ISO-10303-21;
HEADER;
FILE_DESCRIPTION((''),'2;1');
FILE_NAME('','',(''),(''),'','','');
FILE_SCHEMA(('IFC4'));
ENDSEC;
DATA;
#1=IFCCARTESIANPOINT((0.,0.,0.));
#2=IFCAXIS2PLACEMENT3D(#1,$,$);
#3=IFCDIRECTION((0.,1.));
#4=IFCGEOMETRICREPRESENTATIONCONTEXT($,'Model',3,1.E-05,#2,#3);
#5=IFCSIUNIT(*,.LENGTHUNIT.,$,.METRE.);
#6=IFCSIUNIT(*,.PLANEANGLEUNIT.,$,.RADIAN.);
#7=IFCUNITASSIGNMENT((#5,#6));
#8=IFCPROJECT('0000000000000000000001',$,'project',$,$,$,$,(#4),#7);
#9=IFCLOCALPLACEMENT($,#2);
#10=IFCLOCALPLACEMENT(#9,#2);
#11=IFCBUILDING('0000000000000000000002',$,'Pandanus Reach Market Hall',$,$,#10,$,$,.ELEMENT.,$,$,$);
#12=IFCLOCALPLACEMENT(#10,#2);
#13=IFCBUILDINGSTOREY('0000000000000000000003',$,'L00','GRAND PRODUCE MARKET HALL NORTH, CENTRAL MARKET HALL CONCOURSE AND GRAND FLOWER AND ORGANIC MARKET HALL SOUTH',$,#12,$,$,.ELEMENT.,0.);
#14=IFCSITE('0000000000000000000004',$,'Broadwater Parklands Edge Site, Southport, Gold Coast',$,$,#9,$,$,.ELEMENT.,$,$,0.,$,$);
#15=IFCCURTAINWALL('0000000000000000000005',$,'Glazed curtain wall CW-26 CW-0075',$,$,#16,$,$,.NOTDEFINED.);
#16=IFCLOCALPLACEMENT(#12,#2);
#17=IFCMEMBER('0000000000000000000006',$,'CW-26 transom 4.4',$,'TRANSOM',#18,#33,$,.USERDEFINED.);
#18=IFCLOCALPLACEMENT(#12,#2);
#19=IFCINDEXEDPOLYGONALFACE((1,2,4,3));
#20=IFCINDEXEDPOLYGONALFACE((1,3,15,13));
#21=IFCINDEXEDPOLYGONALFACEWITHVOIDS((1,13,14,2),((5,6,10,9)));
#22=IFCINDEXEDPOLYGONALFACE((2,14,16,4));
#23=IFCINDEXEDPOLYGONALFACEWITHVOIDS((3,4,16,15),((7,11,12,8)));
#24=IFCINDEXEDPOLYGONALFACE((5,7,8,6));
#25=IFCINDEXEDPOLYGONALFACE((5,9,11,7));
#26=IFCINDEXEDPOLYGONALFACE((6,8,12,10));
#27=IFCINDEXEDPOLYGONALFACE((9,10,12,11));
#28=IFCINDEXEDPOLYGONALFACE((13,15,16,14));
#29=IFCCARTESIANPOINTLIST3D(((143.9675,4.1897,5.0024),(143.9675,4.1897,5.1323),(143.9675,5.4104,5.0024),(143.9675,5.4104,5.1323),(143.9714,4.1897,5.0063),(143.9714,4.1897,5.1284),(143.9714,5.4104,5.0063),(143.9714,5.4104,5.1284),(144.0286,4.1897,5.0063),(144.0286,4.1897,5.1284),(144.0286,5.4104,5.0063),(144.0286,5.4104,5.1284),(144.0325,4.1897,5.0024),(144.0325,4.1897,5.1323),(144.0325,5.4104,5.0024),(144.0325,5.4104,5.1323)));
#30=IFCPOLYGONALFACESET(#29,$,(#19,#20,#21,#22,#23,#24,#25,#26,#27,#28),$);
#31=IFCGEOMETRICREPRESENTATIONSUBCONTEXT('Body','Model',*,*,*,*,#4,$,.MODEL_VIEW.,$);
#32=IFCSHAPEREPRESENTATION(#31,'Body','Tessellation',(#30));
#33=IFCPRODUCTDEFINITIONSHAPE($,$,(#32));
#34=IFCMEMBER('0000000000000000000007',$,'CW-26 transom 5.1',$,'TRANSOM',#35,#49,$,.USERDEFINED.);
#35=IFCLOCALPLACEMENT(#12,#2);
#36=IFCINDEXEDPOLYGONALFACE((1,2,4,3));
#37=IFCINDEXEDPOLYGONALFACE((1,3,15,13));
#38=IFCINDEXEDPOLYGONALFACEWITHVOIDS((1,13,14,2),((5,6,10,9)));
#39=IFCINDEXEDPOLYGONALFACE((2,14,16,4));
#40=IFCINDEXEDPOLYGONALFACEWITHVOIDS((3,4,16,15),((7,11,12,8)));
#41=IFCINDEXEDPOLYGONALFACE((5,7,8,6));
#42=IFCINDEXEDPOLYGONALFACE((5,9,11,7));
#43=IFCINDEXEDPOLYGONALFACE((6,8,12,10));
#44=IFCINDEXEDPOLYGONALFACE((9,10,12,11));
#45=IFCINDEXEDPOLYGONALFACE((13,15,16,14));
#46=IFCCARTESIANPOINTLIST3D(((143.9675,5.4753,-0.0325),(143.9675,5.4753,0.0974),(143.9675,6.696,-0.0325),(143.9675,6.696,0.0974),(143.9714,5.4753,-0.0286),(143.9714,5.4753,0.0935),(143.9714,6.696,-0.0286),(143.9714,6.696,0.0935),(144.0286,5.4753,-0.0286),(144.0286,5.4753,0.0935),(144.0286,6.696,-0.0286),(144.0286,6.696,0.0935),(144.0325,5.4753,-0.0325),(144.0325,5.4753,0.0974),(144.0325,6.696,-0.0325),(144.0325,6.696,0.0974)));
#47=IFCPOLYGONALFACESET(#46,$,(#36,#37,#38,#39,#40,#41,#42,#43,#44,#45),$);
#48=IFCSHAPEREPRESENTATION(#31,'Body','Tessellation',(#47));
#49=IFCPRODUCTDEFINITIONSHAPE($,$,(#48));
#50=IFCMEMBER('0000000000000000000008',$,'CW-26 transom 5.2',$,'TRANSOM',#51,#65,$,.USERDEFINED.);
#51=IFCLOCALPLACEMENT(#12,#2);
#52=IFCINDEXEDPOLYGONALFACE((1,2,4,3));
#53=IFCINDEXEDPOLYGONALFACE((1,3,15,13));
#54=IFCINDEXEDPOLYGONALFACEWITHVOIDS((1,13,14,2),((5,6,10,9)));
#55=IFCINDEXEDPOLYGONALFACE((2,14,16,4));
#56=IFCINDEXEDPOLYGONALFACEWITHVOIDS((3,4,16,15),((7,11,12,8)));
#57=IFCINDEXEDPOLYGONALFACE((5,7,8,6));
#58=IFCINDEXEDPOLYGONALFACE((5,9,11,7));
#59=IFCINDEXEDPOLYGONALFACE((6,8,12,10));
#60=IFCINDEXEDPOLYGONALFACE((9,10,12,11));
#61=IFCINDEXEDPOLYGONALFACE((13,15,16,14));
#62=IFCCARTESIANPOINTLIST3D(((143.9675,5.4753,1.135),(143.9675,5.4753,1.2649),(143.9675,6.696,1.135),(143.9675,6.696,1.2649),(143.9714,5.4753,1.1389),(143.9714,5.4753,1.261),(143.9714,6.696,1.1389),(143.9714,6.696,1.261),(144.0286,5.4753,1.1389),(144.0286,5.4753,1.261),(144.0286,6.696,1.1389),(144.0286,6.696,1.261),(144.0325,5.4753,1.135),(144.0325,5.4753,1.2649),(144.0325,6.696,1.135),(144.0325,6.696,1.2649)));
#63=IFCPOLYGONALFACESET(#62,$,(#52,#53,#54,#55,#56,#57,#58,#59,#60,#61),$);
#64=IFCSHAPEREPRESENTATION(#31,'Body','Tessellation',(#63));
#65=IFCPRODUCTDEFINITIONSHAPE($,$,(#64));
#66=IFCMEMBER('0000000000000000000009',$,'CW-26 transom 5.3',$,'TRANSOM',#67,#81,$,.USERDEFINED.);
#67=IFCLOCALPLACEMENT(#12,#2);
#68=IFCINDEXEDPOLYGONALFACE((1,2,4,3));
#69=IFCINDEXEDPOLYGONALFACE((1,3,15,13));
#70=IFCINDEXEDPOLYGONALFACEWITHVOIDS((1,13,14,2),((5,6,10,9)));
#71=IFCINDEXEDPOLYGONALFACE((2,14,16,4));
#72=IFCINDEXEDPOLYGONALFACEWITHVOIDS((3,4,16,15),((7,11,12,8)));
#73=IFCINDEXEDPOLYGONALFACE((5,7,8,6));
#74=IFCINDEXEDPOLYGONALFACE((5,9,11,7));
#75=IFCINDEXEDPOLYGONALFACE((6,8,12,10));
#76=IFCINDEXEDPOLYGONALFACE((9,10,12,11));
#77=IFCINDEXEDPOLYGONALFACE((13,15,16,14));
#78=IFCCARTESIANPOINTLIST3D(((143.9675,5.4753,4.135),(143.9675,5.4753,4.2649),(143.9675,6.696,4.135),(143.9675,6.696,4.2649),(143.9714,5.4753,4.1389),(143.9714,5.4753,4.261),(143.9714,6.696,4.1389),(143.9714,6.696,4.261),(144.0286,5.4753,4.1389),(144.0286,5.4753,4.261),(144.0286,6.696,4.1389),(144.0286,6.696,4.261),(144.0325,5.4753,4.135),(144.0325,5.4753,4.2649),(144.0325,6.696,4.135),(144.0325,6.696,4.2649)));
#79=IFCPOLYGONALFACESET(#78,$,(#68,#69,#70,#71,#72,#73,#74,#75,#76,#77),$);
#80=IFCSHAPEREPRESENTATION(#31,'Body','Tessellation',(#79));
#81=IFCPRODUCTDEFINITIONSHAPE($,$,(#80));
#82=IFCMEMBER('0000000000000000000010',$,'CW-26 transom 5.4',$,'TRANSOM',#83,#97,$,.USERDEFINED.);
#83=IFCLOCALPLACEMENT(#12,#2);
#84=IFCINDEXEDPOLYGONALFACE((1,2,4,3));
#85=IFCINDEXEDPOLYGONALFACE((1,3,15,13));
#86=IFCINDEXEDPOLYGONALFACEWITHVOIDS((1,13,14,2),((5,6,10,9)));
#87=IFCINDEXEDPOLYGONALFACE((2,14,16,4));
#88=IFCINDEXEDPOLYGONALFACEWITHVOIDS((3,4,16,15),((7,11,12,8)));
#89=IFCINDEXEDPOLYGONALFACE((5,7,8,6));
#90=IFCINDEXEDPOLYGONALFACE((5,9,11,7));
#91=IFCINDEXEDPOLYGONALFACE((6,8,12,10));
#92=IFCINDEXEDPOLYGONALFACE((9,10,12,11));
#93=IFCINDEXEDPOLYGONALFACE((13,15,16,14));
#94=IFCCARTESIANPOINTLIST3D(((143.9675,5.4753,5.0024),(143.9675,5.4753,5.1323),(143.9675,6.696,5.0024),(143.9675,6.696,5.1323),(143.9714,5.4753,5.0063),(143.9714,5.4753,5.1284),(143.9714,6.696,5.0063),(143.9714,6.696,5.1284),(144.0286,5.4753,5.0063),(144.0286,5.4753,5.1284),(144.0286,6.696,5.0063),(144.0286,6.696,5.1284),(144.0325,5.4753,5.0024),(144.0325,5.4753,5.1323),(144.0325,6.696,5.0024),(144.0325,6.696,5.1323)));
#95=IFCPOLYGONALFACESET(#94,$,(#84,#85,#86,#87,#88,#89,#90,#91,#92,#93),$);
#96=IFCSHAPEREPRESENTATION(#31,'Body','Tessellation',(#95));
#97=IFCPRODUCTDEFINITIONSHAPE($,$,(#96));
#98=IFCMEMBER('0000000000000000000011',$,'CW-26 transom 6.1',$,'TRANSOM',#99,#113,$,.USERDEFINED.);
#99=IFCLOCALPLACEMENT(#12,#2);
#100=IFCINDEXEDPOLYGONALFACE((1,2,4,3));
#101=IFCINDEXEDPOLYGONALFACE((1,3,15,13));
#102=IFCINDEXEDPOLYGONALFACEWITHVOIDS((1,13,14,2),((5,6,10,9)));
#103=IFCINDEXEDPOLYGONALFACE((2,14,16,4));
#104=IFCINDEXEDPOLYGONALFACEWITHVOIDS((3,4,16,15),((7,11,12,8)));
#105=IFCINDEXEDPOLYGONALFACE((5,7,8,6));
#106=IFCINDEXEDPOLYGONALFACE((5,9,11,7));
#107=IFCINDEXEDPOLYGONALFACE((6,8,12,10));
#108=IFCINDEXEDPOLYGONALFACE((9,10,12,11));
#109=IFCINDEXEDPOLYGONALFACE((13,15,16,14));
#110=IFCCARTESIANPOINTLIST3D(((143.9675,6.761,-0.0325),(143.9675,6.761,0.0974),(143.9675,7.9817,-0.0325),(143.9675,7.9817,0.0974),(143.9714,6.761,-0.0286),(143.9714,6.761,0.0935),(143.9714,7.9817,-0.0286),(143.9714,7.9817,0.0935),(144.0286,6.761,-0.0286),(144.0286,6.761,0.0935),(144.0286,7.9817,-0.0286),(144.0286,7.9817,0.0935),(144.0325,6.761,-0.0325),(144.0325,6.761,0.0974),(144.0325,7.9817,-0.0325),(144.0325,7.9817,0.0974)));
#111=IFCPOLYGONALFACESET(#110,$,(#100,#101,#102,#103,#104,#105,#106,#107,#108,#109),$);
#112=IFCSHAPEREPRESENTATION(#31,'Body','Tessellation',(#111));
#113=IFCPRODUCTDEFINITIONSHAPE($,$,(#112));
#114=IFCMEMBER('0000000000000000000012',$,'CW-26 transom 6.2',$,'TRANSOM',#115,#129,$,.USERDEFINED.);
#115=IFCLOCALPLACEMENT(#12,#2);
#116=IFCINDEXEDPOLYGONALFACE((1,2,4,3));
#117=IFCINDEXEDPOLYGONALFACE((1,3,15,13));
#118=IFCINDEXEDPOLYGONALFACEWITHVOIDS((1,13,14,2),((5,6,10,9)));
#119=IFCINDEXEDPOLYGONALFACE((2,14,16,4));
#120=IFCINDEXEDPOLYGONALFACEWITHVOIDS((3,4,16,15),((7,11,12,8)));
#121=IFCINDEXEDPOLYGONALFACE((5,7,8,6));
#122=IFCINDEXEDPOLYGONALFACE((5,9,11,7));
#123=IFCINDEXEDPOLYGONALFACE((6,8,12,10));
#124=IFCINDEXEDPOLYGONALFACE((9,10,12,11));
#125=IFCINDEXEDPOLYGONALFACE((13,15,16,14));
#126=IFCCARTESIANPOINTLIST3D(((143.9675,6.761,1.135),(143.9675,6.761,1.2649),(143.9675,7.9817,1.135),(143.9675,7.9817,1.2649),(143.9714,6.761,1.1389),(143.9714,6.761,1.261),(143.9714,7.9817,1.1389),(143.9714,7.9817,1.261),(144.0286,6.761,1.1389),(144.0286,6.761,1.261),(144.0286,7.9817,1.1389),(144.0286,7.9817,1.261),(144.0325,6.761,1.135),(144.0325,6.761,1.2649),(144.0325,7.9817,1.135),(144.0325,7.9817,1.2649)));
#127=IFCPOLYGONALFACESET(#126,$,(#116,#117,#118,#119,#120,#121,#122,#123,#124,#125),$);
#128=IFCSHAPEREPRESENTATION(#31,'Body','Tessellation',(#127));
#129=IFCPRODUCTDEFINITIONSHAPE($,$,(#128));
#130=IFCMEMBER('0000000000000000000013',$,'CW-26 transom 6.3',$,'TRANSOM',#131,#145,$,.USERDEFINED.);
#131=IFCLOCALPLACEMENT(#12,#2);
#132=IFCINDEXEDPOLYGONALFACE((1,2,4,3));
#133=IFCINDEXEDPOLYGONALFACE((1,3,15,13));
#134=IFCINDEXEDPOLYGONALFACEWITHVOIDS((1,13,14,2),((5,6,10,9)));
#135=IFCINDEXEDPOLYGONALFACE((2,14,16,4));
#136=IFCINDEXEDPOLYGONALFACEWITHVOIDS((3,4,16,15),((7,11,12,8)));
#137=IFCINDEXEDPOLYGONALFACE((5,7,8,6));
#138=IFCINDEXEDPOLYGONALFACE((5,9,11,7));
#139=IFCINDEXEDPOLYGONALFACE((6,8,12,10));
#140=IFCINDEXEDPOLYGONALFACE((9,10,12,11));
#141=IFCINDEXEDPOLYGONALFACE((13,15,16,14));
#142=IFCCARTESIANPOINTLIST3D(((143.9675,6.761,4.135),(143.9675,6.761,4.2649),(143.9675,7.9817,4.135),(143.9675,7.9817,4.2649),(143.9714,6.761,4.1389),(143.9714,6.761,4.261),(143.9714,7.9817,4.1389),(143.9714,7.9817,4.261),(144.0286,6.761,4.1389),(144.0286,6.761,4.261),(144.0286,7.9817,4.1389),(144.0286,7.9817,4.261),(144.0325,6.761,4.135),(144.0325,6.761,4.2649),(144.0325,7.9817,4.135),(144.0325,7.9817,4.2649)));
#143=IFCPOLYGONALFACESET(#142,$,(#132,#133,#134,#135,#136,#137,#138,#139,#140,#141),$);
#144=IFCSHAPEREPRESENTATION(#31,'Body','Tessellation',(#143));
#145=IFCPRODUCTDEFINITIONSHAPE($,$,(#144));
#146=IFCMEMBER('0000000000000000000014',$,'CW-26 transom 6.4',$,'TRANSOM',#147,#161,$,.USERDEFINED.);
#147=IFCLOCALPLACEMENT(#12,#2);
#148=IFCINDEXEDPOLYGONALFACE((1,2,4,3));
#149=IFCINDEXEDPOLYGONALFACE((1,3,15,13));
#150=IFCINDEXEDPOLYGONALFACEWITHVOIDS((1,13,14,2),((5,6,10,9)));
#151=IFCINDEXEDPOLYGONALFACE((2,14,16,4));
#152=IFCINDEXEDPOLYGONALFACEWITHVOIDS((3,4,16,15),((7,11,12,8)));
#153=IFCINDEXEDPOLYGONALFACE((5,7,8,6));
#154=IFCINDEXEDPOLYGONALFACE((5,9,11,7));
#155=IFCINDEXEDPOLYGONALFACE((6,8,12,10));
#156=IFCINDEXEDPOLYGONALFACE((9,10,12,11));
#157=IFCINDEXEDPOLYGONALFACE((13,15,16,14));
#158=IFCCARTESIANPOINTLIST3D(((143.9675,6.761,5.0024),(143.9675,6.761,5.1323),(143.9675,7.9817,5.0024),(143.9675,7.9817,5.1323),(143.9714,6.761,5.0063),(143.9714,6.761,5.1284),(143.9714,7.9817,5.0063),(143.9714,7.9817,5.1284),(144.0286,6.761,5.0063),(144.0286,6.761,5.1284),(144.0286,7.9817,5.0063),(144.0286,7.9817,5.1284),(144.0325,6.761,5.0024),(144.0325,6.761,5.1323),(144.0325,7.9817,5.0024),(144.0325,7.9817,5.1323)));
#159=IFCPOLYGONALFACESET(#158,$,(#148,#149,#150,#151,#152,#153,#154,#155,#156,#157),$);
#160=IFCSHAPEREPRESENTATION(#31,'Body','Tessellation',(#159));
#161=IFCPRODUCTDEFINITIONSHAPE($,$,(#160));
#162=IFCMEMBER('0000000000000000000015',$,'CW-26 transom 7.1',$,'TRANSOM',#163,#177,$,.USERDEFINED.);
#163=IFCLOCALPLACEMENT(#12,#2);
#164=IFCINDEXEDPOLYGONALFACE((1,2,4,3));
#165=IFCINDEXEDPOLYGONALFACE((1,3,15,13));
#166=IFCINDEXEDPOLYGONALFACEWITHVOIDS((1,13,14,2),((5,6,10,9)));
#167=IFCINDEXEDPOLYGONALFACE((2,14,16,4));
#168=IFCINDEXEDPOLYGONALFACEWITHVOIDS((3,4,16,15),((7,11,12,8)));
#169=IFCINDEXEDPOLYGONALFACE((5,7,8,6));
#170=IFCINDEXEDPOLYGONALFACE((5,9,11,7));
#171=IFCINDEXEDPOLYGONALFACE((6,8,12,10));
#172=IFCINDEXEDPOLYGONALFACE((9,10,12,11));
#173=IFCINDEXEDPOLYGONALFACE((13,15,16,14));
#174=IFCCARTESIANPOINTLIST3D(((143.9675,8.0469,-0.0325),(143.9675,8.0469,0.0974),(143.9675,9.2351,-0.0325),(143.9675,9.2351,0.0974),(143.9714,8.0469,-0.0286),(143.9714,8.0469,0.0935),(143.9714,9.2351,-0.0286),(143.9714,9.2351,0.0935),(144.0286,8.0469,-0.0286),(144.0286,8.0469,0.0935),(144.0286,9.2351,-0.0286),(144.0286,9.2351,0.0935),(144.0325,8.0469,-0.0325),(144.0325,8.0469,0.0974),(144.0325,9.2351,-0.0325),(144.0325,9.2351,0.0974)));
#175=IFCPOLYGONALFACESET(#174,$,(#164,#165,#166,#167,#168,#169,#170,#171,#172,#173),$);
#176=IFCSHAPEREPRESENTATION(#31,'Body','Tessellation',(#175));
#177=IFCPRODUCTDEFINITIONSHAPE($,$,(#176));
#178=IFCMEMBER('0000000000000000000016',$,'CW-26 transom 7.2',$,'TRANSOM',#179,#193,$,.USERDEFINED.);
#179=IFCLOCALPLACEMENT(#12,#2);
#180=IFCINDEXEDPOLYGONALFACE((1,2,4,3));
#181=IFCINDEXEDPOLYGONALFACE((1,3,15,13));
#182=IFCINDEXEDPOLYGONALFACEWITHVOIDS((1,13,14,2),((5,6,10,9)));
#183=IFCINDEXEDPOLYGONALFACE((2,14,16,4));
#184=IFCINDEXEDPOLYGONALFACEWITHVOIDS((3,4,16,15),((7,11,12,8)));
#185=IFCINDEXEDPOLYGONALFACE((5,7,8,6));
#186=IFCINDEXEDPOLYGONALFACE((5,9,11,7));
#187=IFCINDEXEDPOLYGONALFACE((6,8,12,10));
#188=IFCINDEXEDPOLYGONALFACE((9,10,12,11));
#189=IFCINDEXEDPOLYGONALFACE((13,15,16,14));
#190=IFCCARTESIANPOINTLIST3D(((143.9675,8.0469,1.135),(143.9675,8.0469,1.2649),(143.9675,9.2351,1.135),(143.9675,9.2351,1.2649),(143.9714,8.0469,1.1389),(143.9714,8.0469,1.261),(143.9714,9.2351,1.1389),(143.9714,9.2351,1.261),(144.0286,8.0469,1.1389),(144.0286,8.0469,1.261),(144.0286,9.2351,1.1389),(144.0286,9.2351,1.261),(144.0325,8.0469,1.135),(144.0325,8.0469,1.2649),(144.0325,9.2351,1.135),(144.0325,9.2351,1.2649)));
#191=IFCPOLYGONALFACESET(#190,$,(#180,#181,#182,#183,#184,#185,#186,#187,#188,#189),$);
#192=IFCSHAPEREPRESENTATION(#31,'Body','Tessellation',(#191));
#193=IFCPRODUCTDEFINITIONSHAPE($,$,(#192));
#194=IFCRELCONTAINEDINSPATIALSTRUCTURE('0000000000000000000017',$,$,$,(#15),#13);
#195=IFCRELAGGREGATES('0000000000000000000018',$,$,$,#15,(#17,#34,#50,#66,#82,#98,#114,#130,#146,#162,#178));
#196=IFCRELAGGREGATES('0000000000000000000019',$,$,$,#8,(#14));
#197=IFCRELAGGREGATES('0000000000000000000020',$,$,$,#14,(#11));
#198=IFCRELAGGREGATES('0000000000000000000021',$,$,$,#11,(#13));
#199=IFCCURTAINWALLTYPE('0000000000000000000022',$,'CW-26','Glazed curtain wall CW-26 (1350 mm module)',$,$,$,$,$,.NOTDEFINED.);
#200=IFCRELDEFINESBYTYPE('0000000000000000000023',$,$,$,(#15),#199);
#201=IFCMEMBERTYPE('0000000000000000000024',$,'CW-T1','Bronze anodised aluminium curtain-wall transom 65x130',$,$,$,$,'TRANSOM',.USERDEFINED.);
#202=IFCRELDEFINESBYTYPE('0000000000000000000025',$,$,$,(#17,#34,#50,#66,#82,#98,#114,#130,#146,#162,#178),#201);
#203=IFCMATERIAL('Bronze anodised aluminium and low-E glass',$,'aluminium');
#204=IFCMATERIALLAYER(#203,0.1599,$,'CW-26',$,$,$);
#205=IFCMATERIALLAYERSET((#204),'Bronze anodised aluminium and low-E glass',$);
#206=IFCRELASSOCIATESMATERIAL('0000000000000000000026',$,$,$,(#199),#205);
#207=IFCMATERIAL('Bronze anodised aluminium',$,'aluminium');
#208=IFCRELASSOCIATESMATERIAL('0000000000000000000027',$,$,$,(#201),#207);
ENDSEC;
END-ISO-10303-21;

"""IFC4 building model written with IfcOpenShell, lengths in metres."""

from ifc_helpers import new_model, si_unit, direction, frame, origin, origin_2d, place, context, subcontext, project, spatial, hollow_rectangle, extrude, material, layer, layer_set, material_profile, profile_set, type_object, element, aggregate, save


model = new_model("IFC4")

# Units and contexts
model_context = context("Model", 3, precision=1e-05, world=origin(), true_north=direction((0.0, 1.0)))
body_context = subcontext(model_context, "Body", "Model", "MODEL_VIEW")
ifc_project = project(units=[si_unit("LENGTHUNIT", "METRE"), si_unit("PLANEANGLEUNIT", "RADIAN")], contexts=[model_context])

# Site, building, storey
site_placement = place(None, origin())
site = spatial("IfcSite", under=ifc_project, at=site_placement, Name="Broadwater Parklands Edge Site, Southport, Gold Coast", CompositionType="ELEMENT", RefElevation=0.0)
building_placement = place(site_placement, origin())
building = spatial("IfcBuilding", under=site, at=building_placement, Name="Pandanus Reach Market Hall", CompositionType="ELEMENT")
storey_placement = place(building_placement, origin())
storey = spatial("IfcBuildingStorey", under=building, at=storey_placement, Name="L00", Description="GRAND PRODUCE MARKET HALL NORTH, CENTRAL MARKET HALL CONCOURSE AND GRAND FLOWER AND ORGANIC MARKET HALL SOUTH", CompositionType="ELEMENT", Elevation=0.0)

# Curtain wall, members
ifc_material_1 = material(Name="Bronze anodised aluminium and low-E glass", Category="aluminium")
ifc_layer_1 = layer(ifc_material_1, 0.1599, Name="CW-26")
ifc_layer_set_1 = layer_set([ifc_layer_1], Name="Bronze anodised aluminium and low-E glass")
curtain_wall_type = type_object("IfcCurtainWallType", Name="CW-26", Description="Glazed curtain wall CW-26 (1350 mm module)", PredefinedType="NOTDEFINED", material=ifc_layer_set_1)
curtain_wall_placement = place(storey_placement, origin())
curtain_wall = element("IfcCurtainWall", 1, at=curtain_wall_placement, inside=storey, type_object=curtain_wall_type, Name="Glazed curtain wall CW-26 CW-0075", PredefinedType="NOTDEFINED")
ifc_material_2 = material(Name="Bronze anodised aluminium", Category="aluminium")
ifc_material_profile_1 = material_profile(ifc_material_2, hollow_rectangle(XDim=0.0649, YDim=0.1299, WallThickness=0.0039, at=origin_2d()), Name="ALU65x130", Category="LoadBearing")
ifc_profile_set_1 = profile_set([ifc_material_profile_1], Name="Bronze anodised aluminium")
member_type_1 = type_object("IfcMemberType", Name="CW-T1", Description="Bronze anodised aluminium curtain-wall transom 65x130", ElementType="TRANSOM", PredefinedType="USERDEFINED", material=ifc_profile_set_1)
member_1_placement = place(storey_placement, frame((144.0, 4.1897, 5.0674), z_axis=(0.0, 1.0, 0.0), x_axis=(-1.0, 0.0, 0.0)))
member_1 = element("IfcMember", 2, at=member_1_placement, type_object=member_type_1, Name="CW-26 transom 4.4", ObjectType="TRANSOM", PredefinedType="USERDEFINED", context=body_context, shape_type="SweptSolid", body=[
    extrude(hollow_rectangle(XDim=0.0649, YDim=0.1299, WallThickness=0.0039, at=origin_2d()), origin(), (0.0, 0.0, 1.0), 1.2207),
])
member_2_placement = place(storey_placement, frame((144.0, 5.4753, 0.0325), z_axis=(0.0, 1.0, 0.0), x_axis=(-1.0, 0.0, 0.0)))
member_2 = element("IfcMember", 3, at=member_2_placement, type_object=member_type_1, Name="CW-26 transom 5.1", ObjectType="TRANSOM", PredefinedType="USERDEFINED", context=body_context, shape_type="SweptSolid", body=[
    extrude(hollow_rectangle(XDim=0.0649, YDim=0.1299, WallThickness=0.0039, at=origin_2d()), origin(), (0.0, 0.0, 1.0), 1.2207),
])
member_3_placement = place(storey_placement, frame((144.0, 5.4753, 1.2), z_axis=(0.0, 1.0, 0.0), x_axis=(-1.0, 0.0, 0.0)))
member_3 = element("IfcMember", 4, at=member_3_placement, type_object=member_type_1, Name="CW-26 transom 5.2", ObjectType="TRANSOM", PredefinedType="USERDEFINED", context=body_context, shape_type="SweptSolid", body=[
    extrude(hollow_rectangle(XDim=0.0649, YDim=0.1299, WallThickness=0.0039, at=origin_2d()), origin(), (0.0, 0.0, 1.0), 1.2207),
])
member_4_placement = place(storey_placement, frame((144.0, 5.4753, 4.2), z_axis=(0.0, 1.0, 0.0), x_axis=(-1.0, 0.0, 0.0)))
member_4 = element("IfcMember", 5, at=member_4_placement, type_object=member_type_1, Name="CW-26 transom 5.3", ObjectType="TRANSOM", PredefinedType="USERDEFINED", context=body_context, shape_type="SweptSolid", body=[
    extrude(hollow_rectangle(XDim=0.0649, YDim=0.1299, WallThickness=0.0039, at=origin_2d()), origin(), (0.0, 0.0, 1.0), 1.2207),
])
member_5_placement = place(storey_placement, frame((144.0, 5.4753, 5.0674), z_axis=(0.0, 1.0, 0.0), x_axis=(-1.0, 0.0, 0.0)))
member_5 = element("IfcMember", 6, at=member_5_placement, type_object=member_type_1, Name="CW-26 transom 5.4", ObjectType="TRANSOM", PredefinedType="USERDEFINED", context=body_context, shape_type="SweptSolid", body=[
    extrude(hollow_rectangle(XDim=0.0649, YDim=0.1299, WallThickness=0.0039, at=origin_2d()), origin(), (0.0, 0.0, 1.0), 1.2207),
])
member_6_placement = place(storey_placement, frame((144.0, 6.761, 0.0325), z_axis=(0.0, 1.0, 0.0), x_axis=(-1.0, 0.0, 0.0)))
member_6 = element("IfcMember", 7, at=member_6_placement, type_object=member_type_1, Name="CW-26 transom 6.1", ObjectType="TRANSOM", PredefinedType="USERDEFINED", context=body_context, shape_type="SweptSolid", body=[
    extrude(hollow_rectangle(XDim=0.0649, YDim=0.1299, WallThickness=0.0039, at=origin_2d()), origin(), (0.0, 0.0, 1.0), 1.2207),
])
member_7_placement = place(storey_placement, frame((144.0, 6.761, 1.2), z_axis=(0.0, 1.0, 0.0), x_axis=(-1.0, 0.0, 0.0)))
member_7 = element("IfcMember", 8, at=member_7_placement, type_object=member_type_1, Name="CW-26 transom 6.2", ObjectType="TRANSOM", PredefinedType="USERDEFINED", context=body_context, shape_type="SweptSolid", body=[
    extrude(hollow_rectangle(XDim=0.0649, YDim=0.1299, WallThickness=0.0039, at=origin_2d()), origin(), (0.0, 0.0, 1.0), 1.2207),
])
member_8_placement = place(storey_placement, frame((144.0, 6.761, 4.2), z_axis=(0.0, 1.0, 0.0), x_axis=(-1.0, 0.0, 0.0)))
member_8 = element("IfcMember", 9, at=member_8_placement, type_object=member_type_1, Name="CW-26 transom 6.3", ObjectType="TRANSOM", PredefinedType="USERDEFINED", context=body_context, shape_type="SweptSolid", body=[
    extrude(hollow_rectangle(XDim=0.0649, YDim=0.1299, WallThickness=0.0039, at=origin_2d()), origin(), (0.0, 0.0, 1.0), 1.2207),
])
member_9_placement = place(storey_placement, frame((144.0, 6.761, 5.0674), z_axis=(0.0, 1.0, 0.0), x_axis=(-1.0, 0.0, 0.0)))
member_9 = element("IfcMember", 10, at=member_9_placement, type_object=member_type_1, Name="CW-26 transom 6.4", ObjectType="TRANSOM", PredefinedType="USERDEFINED", context=body_context, shape_type="SweptSolid", body=[
    extrude(hollow_rectangle(XDim=0.0649, YDim=0.1299, WallThickness=0.0039, at=origin_2d()), origin(), (0.0, 0.0, 1.0), 1.2207),
])
member_10_placement = place(storey_placement, frame((144.0, 8.0469, 0.0325), z_axis=(0.0, 1.0, 0.0), x_axis=(-1.0, 0.0, 0.0)))
member_10 = element("IfcMember", 11, at=member_10_placement, type_object=member_type_1, Name="CW-26 transom 7.1", ObjectType="TRANSOM", PredefinedType="USERDEFINED", context=body_context, shape_type="SweptSolid", body=[
    extrude(hollow_rectangle(XDim=0.0649, YDim=0.1299, WallThickness=0.0039, at=origin_2d()), origin(), (0.0, 0.0, 1.0), 1.1882),
])
member_11_placement = place(storey_placement, frame((144.0, 8.0469, 1.2), z_axis=(0.0, 1.0, 0.0), x_axis=(-1.0, 0.0, 0.0)))
member_11 = element("IfcMember", 12, at=member_11_placement, type_object=member_type_1, Name="CW-26 transom 7.2", ObjectType="TRANSOM", PredefinedType="USERDEFINED", context=body_context, shape_type="SweptSolid", body=[
    extrude(hollow_rectangle(XDim=0.0649, YDim=0.1299, WallThickness=0.0039, at=origin_2d()), origin(), (0.0, 0.0, 1.0), 1.1882),
])
aggregate(curtain_wall, [member_1, member_2, member_3, member_4, member_5, member_6, member_7, member_8, member_9, member_10, member_11])

save(model, "model.ifc")
